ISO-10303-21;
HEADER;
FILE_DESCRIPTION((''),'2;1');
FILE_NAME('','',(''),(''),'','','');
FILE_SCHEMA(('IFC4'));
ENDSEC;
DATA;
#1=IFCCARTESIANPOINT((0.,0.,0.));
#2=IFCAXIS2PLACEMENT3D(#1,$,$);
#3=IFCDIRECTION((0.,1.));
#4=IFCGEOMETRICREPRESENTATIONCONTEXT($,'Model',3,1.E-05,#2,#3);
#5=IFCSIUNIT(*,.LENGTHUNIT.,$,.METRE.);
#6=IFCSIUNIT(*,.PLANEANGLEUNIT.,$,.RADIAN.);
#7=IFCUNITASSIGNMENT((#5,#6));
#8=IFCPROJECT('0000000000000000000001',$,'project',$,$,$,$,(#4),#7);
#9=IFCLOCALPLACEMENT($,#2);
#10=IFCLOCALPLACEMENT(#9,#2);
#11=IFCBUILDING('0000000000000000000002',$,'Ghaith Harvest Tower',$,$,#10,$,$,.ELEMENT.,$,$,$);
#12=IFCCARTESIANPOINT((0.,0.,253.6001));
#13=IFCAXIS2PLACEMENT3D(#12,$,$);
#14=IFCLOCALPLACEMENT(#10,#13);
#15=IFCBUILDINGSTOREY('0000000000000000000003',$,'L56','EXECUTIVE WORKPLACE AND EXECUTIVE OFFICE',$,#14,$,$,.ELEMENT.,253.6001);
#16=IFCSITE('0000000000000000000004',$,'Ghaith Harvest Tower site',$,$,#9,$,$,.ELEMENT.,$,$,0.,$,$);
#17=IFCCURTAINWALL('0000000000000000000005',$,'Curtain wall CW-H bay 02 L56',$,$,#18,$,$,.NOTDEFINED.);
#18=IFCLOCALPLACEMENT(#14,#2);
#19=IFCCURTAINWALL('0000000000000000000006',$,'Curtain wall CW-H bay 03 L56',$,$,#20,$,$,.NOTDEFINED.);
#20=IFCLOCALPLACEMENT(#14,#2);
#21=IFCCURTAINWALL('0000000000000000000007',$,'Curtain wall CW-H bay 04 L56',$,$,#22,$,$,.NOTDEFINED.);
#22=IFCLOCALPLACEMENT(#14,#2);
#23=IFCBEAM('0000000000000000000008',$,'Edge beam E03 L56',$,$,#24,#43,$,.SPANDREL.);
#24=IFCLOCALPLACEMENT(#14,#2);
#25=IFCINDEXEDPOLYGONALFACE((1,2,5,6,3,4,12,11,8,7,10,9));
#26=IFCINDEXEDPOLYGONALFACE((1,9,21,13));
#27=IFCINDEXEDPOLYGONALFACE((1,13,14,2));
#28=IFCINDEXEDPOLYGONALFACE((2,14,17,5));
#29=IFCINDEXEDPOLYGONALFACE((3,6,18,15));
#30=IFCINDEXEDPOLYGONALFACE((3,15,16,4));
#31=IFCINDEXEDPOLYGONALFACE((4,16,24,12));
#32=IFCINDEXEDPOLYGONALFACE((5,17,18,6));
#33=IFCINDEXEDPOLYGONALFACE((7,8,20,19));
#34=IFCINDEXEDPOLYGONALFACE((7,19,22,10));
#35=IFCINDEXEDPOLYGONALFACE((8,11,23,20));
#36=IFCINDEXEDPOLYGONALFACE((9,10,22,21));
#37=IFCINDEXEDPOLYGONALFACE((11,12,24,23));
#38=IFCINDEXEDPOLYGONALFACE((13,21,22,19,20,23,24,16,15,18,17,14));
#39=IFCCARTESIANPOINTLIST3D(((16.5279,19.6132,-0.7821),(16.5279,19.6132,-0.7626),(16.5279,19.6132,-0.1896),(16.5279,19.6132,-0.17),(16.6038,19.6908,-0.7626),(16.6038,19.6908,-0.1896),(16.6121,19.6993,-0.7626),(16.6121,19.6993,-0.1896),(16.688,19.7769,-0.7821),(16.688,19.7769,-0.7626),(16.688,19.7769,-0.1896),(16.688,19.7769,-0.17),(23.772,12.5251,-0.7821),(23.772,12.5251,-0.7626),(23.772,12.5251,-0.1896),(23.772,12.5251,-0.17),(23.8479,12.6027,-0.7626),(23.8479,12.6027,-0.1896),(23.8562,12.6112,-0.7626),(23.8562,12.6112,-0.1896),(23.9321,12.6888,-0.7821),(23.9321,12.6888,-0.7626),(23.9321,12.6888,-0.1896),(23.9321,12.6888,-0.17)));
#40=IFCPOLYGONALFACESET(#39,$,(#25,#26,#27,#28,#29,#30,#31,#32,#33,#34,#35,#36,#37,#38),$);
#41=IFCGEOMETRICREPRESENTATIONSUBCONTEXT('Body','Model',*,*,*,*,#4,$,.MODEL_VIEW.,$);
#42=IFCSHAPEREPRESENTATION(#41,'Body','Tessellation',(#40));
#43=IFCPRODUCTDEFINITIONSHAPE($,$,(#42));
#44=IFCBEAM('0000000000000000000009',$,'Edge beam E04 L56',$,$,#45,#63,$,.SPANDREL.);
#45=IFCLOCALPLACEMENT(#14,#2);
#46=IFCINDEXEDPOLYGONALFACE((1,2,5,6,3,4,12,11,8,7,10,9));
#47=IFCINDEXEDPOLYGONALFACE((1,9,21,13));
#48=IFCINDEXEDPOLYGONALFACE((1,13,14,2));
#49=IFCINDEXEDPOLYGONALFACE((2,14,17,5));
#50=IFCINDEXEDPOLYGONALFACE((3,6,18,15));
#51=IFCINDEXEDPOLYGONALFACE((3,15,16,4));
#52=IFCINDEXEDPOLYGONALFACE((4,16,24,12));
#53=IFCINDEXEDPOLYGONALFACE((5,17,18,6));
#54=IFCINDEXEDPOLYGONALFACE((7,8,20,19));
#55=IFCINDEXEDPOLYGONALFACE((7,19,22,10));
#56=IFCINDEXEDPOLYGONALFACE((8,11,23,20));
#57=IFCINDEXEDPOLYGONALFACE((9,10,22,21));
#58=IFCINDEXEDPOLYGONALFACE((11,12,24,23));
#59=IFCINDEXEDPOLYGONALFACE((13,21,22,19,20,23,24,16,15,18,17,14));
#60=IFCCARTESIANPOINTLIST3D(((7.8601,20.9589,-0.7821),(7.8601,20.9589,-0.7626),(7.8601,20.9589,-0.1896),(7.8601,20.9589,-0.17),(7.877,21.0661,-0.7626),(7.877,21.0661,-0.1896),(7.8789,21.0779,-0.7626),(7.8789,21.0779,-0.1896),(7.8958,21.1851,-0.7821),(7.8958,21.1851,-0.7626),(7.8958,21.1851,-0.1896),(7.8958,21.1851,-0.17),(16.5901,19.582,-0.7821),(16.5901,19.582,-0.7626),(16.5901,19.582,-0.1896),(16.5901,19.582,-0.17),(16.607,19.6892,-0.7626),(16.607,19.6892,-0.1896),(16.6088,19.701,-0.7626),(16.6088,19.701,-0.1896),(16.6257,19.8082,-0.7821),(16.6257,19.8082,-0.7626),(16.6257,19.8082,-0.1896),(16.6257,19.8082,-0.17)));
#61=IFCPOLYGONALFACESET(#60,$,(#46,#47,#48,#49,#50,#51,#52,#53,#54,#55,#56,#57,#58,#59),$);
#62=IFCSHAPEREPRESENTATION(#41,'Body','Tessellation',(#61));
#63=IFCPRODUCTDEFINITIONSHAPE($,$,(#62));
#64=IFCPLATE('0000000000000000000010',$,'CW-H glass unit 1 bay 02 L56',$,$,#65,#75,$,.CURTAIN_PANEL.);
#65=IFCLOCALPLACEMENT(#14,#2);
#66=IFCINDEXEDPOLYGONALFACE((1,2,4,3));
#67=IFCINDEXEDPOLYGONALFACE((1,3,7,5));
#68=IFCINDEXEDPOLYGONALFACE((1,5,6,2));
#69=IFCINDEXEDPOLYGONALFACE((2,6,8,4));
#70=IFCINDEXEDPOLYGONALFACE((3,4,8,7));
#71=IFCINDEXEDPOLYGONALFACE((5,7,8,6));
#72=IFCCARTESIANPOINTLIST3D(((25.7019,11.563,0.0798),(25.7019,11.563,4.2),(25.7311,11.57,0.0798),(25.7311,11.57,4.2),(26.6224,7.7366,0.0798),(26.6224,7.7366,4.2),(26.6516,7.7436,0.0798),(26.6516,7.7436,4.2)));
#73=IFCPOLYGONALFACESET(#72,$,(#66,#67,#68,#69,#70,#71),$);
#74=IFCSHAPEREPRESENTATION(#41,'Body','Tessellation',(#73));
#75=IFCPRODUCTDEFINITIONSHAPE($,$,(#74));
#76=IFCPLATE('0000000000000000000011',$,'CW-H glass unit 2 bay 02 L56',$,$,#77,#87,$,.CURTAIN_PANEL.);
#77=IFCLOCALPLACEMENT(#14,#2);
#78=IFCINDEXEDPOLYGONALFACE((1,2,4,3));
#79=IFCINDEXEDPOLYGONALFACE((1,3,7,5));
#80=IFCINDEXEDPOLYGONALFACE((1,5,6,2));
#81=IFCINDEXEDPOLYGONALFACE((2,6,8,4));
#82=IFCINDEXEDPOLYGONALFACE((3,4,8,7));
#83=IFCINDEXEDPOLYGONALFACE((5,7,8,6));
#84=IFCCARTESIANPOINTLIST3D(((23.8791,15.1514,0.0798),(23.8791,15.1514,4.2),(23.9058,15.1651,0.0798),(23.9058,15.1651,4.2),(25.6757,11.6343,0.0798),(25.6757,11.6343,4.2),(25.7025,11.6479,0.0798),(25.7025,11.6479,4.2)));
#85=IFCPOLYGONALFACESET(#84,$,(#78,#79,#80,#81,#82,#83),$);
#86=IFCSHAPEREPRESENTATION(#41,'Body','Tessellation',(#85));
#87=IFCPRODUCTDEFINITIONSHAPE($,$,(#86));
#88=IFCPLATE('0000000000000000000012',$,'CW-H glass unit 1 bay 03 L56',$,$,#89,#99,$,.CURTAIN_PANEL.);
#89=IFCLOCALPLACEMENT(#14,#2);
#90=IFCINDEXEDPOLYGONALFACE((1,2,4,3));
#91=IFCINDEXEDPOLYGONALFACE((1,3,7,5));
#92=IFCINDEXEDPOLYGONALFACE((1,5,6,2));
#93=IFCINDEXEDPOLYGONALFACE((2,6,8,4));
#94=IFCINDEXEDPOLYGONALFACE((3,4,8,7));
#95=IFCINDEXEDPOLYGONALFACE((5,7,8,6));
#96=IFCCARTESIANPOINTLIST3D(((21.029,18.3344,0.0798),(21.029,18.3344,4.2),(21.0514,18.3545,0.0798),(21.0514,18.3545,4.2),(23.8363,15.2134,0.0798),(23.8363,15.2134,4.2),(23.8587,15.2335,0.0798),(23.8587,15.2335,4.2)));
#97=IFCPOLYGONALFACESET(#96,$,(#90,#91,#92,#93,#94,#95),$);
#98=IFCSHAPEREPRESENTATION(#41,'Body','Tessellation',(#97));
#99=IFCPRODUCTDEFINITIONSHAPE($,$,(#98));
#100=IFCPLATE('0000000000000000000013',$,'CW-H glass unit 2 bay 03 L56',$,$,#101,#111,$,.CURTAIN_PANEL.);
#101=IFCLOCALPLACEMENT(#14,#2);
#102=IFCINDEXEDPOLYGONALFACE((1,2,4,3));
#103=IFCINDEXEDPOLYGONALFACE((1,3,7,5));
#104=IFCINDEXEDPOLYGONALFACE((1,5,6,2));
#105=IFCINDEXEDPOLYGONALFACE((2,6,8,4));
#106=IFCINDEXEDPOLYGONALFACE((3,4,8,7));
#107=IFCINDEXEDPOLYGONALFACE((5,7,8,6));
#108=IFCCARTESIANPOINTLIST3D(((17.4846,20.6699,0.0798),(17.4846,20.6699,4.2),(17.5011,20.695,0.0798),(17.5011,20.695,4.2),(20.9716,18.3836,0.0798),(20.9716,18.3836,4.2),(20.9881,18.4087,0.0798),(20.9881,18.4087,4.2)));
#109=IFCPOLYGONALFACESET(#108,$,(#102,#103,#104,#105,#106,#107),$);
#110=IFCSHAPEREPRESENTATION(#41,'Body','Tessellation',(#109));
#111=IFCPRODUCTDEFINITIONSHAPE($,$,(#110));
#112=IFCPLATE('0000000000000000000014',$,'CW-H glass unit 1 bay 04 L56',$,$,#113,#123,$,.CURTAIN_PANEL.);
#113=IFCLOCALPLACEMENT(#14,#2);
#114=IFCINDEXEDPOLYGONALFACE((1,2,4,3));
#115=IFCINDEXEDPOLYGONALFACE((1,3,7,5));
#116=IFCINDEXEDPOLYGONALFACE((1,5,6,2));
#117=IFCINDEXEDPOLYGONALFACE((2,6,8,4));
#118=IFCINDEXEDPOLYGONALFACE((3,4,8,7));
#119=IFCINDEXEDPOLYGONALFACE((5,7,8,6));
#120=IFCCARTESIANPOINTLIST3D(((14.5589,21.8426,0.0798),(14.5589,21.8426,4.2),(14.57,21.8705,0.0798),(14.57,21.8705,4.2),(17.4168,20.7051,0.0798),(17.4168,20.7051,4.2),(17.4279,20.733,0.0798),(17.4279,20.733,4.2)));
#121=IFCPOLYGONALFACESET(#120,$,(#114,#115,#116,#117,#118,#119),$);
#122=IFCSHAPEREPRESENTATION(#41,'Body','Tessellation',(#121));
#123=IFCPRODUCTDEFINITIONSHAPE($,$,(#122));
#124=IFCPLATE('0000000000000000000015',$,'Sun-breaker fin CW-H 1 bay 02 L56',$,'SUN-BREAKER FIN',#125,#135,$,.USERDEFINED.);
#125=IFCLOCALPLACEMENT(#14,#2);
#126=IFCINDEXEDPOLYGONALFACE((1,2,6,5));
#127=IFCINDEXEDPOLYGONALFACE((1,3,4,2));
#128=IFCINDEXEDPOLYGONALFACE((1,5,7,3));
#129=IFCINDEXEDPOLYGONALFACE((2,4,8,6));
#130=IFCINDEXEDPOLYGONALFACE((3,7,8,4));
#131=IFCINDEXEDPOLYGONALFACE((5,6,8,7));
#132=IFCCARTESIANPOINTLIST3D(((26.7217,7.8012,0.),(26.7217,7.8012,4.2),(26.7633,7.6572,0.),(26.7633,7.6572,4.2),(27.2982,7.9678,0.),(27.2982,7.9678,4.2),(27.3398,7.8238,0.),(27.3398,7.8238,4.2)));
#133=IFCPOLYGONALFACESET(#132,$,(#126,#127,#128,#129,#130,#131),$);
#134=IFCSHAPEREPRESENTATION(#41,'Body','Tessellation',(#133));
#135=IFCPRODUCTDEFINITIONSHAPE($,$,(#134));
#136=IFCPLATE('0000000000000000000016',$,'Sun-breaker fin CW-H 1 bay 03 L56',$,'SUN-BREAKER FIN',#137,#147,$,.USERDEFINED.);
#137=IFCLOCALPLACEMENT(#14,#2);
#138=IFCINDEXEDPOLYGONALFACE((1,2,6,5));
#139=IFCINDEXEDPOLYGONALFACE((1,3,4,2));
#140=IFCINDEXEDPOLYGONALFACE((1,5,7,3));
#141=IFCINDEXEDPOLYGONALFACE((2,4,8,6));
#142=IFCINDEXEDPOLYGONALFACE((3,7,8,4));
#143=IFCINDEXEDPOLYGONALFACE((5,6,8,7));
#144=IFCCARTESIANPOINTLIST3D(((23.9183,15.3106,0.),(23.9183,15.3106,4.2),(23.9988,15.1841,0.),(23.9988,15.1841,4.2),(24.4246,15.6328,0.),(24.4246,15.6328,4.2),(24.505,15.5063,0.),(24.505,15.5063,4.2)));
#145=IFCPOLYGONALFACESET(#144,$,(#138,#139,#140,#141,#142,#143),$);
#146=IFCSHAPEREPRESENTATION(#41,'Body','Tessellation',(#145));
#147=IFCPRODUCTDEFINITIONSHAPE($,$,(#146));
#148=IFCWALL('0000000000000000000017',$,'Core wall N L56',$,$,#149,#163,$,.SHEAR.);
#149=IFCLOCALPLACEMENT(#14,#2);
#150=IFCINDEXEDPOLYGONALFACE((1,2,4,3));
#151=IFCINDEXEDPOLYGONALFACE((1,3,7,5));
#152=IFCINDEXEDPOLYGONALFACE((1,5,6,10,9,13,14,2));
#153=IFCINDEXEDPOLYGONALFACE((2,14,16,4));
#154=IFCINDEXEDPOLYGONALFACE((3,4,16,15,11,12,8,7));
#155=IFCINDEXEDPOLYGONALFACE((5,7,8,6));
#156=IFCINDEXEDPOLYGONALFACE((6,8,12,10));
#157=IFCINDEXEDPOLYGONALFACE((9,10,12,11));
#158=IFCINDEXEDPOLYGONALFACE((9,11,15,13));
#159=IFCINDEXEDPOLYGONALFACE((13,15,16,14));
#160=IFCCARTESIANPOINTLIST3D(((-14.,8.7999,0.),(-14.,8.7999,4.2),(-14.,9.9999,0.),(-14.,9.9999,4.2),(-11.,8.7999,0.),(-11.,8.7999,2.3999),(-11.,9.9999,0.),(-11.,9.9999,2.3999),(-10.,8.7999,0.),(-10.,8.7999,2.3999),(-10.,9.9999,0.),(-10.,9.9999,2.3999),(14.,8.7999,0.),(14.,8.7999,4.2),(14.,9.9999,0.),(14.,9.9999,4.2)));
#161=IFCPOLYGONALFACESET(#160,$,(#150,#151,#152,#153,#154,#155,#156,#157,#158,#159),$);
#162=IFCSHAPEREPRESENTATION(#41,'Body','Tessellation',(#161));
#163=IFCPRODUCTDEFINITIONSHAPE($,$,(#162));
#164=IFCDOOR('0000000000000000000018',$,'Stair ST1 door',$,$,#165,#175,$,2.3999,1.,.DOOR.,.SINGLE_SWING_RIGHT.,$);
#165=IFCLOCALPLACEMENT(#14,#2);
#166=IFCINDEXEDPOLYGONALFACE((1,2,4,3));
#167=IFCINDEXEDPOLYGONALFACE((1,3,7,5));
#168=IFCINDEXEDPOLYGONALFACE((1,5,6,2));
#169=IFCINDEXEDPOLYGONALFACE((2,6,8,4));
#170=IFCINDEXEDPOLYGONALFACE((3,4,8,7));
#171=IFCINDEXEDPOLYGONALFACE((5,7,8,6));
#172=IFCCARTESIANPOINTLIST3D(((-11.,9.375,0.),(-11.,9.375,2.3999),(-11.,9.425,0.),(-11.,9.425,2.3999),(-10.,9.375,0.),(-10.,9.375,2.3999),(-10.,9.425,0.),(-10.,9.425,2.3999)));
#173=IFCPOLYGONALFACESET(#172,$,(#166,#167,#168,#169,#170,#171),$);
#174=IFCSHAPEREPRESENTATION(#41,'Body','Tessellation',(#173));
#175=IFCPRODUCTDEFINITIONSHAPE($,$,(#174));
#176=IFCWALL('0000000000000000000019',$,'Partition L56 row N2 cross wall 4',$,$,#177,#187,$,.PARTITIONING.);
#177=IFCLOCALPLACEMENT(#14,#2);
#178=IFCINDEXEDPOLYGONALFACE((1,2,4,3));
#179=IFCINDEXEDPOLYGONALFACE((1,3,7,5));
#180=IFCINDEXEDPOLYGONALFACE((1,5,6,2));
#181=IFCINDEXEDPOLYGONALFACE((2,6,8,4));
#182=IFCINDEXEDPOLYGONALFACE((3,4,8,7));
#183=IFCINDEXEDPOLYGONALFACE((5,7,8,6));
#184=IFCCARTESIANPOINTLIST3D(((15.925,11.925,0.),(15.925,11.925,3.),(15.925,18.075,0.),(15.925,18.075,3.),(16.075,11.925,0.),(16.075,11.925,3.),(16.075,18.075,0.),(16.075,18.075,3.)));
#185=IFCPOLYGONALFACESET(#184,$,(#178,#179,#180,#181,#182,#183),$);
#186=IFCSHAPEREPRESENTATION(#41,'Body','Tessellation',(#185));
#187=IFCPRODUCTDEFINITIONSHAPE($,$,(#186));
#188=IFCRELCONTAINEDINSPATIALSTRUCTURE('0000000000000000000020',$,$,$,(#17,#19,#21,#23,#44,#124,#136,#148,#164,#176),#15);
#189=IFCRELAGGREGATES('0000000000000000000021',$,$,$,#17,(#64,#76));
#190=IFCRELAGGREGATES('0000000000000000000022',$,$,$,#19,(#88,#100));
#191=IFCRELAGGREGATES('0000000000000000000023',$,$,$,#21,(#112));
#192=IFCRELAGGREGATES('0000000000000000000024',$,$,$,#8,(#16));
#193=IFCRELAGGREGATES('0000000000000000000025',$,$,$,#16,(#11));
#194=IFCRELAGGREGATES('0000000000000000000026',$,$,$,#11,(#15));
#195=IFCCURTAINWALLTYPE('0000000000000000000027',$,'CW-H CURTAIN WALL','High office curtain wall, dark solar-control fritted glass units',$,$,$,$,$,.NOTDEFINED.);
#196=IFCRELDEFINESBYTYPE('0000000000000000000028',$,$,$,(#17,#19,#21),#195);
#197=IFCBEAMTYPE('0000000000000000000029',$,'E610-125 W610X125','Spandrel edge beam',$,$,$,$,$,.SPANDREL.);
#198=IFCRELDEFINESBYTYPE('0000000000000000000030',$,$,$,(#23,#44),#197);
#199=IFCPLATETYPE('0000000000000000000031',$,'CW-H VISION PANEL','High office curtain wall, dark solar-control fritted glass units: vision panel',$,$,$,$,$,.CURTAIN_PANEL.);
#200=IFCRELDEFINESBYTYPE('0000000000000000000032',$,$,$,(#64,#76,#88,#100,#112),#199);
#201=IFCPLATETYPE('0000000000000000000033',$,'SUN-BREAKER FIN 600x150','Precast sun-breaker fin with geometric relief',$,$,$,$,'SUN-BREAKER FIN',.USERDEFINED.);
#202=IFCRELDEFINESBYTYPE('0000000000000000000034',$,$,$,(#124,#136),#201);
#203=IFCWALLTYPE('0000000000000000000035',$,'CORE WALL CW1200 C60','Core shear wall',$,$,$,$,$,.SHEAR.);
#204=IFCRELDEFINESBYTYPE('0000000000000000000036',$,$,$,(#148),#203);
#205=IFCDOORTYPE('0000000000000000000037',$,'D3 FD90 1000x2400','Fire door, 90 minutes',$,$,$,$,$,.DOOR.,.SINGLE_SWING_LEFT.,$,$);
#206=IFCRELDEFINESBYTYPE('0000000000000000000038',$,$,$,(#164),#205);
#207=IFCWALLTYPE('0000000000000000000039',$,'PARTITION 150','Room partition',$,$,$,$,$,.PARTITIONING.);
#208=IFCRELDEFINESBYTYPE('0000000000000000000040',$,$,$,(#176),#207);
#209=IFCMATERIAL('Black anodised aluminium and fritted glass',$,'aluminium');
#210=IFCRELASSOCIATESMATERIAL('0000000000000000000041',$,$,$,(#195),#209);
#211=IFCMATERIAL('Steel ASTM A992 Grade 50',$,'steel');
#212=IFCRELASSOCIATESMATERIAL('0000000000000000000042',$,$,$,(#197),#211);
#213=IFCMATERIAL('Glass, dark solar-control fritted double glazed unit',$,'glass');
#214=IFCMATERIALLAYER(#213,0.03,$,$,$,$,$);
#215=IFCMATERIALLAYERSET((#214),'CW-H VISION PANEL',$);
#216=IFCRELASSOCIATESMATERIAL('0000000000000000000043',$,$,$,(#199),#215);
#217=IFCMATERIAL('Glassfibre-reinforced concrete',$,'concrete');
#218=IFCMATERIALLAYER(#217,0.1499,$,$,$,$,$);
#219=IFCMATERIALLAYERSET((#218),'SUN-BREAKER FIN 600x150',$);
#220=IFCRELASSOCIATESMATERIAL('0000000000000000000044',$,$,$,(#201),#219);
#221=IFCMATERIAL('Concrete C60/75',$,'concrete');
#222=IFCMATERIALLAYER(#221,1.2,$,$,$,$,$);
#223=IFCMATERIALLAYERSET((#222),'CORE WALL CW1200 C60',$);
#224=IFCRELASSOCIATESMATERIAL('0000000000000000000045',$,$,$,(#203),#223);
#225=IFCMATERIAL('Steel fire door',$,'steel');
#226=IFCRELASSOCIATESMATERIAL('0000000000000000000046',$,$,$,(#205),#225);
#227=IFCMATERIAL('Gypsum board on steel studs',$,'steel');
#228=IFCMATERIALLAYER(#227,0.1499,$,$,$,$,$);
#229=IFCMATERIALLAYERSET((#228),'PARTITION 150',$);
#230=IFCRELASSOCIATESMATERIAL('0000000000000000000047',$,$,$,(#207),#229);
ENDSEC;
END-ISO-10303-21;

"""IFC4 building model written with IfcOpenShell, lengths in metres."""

from ifc_helpers import new_model, si_unit, direction, frame, frame_2d, origin, origin_2d, place, context, subcontext, project, spatial, rectangle, i_section, extrude, material, layer, layer_set, material_profile, profile_set, type_object, element, fill, aggregate, save


model = new_model("IFC4")

# Units and contexts
model_context = context("Model", 3, precision=1e-05, world=origin(), true_north=direction((0.0, 1.0)))
body_context = subcontext(model_context, "Body", "Model", "MODEL_VIEW")
ifc_project = project(units=[si_unit("LENGTHUNIT", "METRE"), si_unit("PLANEANGLEUNIT", "RADIAN")], contexts=[model_context])

# Site, building, storey
site_placement = place(None, origin())
site = spatial("IfcSite", under=ifc_project, at=site_placement, Name="Ghaith Harvest Tower site", CompositionType="ELEMENT", RefElevation=0.0)
building_placement = place(site_placement, origin())
building = spatial("IfcBuilding", under=site, at=building_placement, Name="Ghaith Harvest Tower", CompositionType="ELEMENT")
storey_placement = place(building_placement, frame((0.0, 0.0, 253.6001)))
storey = spatial("IfcBuildingStorey", under=building, at=storey_placement, Name="L56", Description="EXECUTIVE WORKPLACE AND EXECUTIVE OFFICE", CompositionType="ELEMENT", Elevation=253.6001)

# Curtain wall
ifc_material_1 = material(Name="Black anodised aluminium and fritted glass", Category="aluminium")
curtain_wall_type = type_object("IfcCurtainWallType", Name="CW-H CURTAIN WALL", Description="High office curtain wall, dark solar-control fritted glass units", PredefinedType="NOTDEFINED", material=ifc_material_1)
curtain_wall_1_placement = place(storey_placement, origin())
curtain_wall_1 = element("IfcCurtainWall", 1, at=curtain_wall_1_placement, inside=storey, type_object=curtain_wall_type, Name="Curtain wall CW-H bay 02 L56", PredefinedType="NOTDEFINED")

# Curtain walls
curtain_wall_2_placement = place(storey_placement, origin())
curtain_wall_2 = element("IfcCurtainWall", 2, at=curtain_wall_2_placement, inside=storey, type_object=curtain_wall_type, Name="Curtain wall CW-H bay 03 L56", PredefinedType="NOTDEFINED")
curtain_wall_3_placement = place(storey_placement, origin())
curtain_wall_3 = element("IfcCurtainWall", 3, at=curtain_wall_3_placement, inside=storey, type_object=curtain_wall_type, Name="Curtain wall CW-H bay 04 L56", PredefinedType="NOTDEFINED")

# Beams
ifc_material_2 = material(Name="Steel ASTM A992 Grade 50", Category="steel")
ifc_material_profile_1 = material_profile(ifc_material_2, i_section(OverallWidth=0.229, OverallDepth=0.6121, WebThickness=0.012, FlangeThickness=0.0195, at=origin_2d()), Name="W610X125")
ifc_profile_set_1 = profile_set([ifc_material_profile_1], Name="Steel ASTM A992 Grade 50")
beam_type = type_object("IfcBeamType", Name="E610-125 W610X125", Description="Spandrel edge beam", PredefinedType="SPANDREL", material=ifc_profile_set_1)
beam_1_placement = place(storey_placement, frame((23.8521, 12.6069, -0.4761), z_axis=(-0.714761, 0.699369, 0.0), x_axis=(-0.699369, -0.714761, 0.0)))
element("IfcBeam", 4, at=beam_1_placement, inside=storey, type_object=beam_type, Name="Edge beam E03 L56", PredefinedType="SPANDREL", context=body_context, shape_type="SweptSolid", body=[
    extrude(i_section(OverallWidth=0.229, OverallDepth=0.6121, WebThickness=0.012, FlangeThickness=0.0195, at=origin_2d()), origin(), (0.0, 0.0, 1.0), 10.135),
])
beam_2_placement = place(storey_placement, frame((16.6079, 19.6951, -0.4761), z_axis=(-0.987788, 0.155801, 0.0), x_axis=(-0.155801, -0.987788, 0.0)))
element("IfcBeam", 5, at=beam_2_placement, inside=storey, type_object=beam_type, Name="Edge beam E04 L56", PredefinedType="SPANDREL", context=body_context, shape_type="SweptSolid", body=[
    extrude(i_section(OverallWidth=0.229, OverallDepth=0.6121, WebThickness=0.012, FlangeThickness=0.0195, at=origin_2d()), origin(), (0.0, 0.0, 1.0), 8.8379),
])

# Plates
ifc_material_3 = material(Name="Glass, dark solar-control fritted double glazed unit", Category="glass")
ifc_layer_1 = layer(ifc_material_3, 0.03)
ifc_layer_set_1 = layer_set([ifc_layer_1], Name="CW-H VISION PANEL")
plate_type_1 = type_object("IfcPlateType", Name="CW-H VISION PANEL", Description="High office curtain wall, dark solar-control fritted glass units: vision panel", PredefinedType="CURTAIN_PANEL", material=ifc_layer_set_1)
plate_1_placement = place(storey_placement, frame((26.1768, 9.6533, 0.0798), z_axis=(0.0, 0.0, 1.0), x_axis=(-0.233894, 0.972262, 0.0)))
plate_1 = element("IfcPlate", 6, at=plate_1_placement, type_object=plate_type_1, Name="CW-H glass unit 1 bay 02 L56", PredefinedType="CURTAIN_PANEL", context=body_context, shape_type="SweptSolid", body=[
    extrude(rectangle(XDim=3.9355, YDim=0.03, at=origin_2d()), origin(), (0.0, 0.0, 1.0), 4.1201),
])
plate_2_placement = place(storey_placement, frame((24.7908, 13.3997, 0.0798), z_axis=(0.0, 0.0, 1.0), x_axis=(-0.454915, 0.890535, 0.0)))
plate_2 = element("IfcPlate", 7, at=plate_2_placement, type_object=plate_type_1, Name="CW-H glass unit 2 bay 02 L56", PredefinedType="CURTAIN_PANEL", context=body_context, shape_type="SweptSolid", body=[
    extrude(rectangle(XDim=3.9495, YDim=0.03, at=origin_2d()), origin(), (0.0, 0.0, 1.0), 4.1201),
])
aggregate(curtain_wall_1, [plate_1, plate_2])
plate_3_placement = place(storey_placement, frame((22.4438, 16.7839, 0.0798), z_axis=(0.0, 0.0, 1.0), x_axis=(-0.668758, 0.74348, 0.0)))
plate_3 = element("IfcPlate", 8, at=plate_3_placement, type_object=plate_type_1, Name="CW-H glass unit 1 bay 03 L56", PredefinedType="CURTAIN_PANEL", context=body_context, shape_type="SweptSolid", body=[
    extrude(rectangle(XDim=4.1978, YDim=0.03, at=origin_2d()), origin(), (0.0, 0.0, 1.0), 4.1201),
])
plate_4_placement = place(storey_placement, frame((19.2363, 19.5393, 0.0798), z_axis=(0.0, 0.0, 1.0), x_axis=(-0.836277, 0.548308, 0.0)))
plate_4 = element("IfcPlate", 9, at=plate_4_placement, type_object=plate_type_1, Name="CW-H glass unit 2 bay 03 L56", PredefinedType="CURTAIN_PANEL", context=body_context, shape_type="SweptSolid", body=[
    extrude(rectangle(XDim=4.1697, YDim=0.03, at=origin_2d()), origin(), (0.0, 0.0, 1.0), 4.1201),
])
aggregate(curtain_wall_2, [plate_3, plate_4])
plate_5_placement = place(storey_placement, frame((15.9934, 21.2878, 0.0798), z_axis=(0.0, 0.0, 1.0), x_axis=(-0.929107, 0.36981, 0.0)))
plate_5 = element("IfcPlate", 10, at=plate_5_placement, type_object=plate_type_1, Name="CW-H glass unit 1 bay 04 L56", PredefinedType="CURTAIN_PANEL", context=body_context, shape_type="SweptSolid", body=[
    extrude(rectangle(XDim=3.0759, YDim=0.03, at=origin_2d()), origin(), (0.0, 0.0, 1.0), 4.1201),
])
aggregate(curtain_wall_3, [plate_5])

# Plates
ifc_material_4 = material(Name="Glassfibre-reinforced concrete", Category="concrete")
ifc_layer_2 = layer(ifc_material_4, 0.1499)
ifc_layer_set_2 = layer_set([ifc_layer_2], Name="SUN-BREAKER FIN 600x150")
plate_type_2 = type_object("IfcPlateType", Name="SUN-BREAKER FIN 600x150", Description="Precast sun-breaker fin with geometric relief", ElementType="SUN-BREAKER FIN", PredefinedType="USERDEFINED", material=ifc_layer_set_2)
for number, where, z_axis, x_axis, name in (
    (11, (27.0308, 7.8125, 0.0), (0.0, 0.0, 1.0), (0.96068, 0.277657, 0.0), "Sun-breaker fin CW-H 1 bay 02 L56"),
    (12, (24.2117, 15.4084, 0.0), (0.0, 0.0, 1.0), (0.843644, 0.536903, 0.0), "Sun-breaker fin CW-H 1 bay 03 L56"),
):
    element("IfcPlate", number, at=place(storey_placement, frame(where, z_axis=z_axis, x_axis=x_axis)), inside=storey, type_object=plate_type_2, Name=name, ObjectType="SUN-BREAKER FIN", PredefinedType="USERDEFINED", context=body_context, shape_type="SweptSolid", body=[
        extrude(rectangle(XDim=0.6001, YDim=0.1499, at=origin_2d()), origin(), (0.0, 0.0, 1.0), 4.2),
    ])

# Wall, opening, door
ifc_material_5 = material(Name="Concrete C60/75", Category="concrete")
ifc_layer_3 = layer(ifc_material_5, 1.2)
ifc_layer_set_3 = layer_set([ifc_layer_3], Name="CORE WALL CW1200 C60")
wall_type_1 = type_object("IfcWallType", Name="CORE WALL CW1200 C60", Description="Core shear wall", PredefinedType="SHEAR", material=ifc_layer_set_3)
wall_1_placement = place(storey_placement, frame((14.0, 9.3999, 0.0), z_axis=(0.0, 0.0, 1.0), x_axis=(-1.0, 0.0, 0.0)))
wall_1 = element("IfcWall", 13, at=wall_1_placement, inside=storey, type_object=wall_type_1, Name="Core wall N L56", PredefinedType="SHEAR", context=body_context, shape_type="SweptSolid", body=[
    extrude(rectangle(XDim=28.0, YDim=1.2, at=frame_2d((14.0, 0.0))), origin(), (0.0, 0.0, 1.0), 4.2),
])
opening_placement = place(wall_1_placement, frame((24.0, 0.0, 0.0)))
opening = element("IfcOpeningElement", 14, at=opening_placement, cuts=wall_1, PredefinedType="OPENING", context=body_context, shape_type="SweptSolid", body=[
    extrude(rectangle(XDim=1.0, YDim=2.3999, at=frame_2d((0.5, 1.2))), frame((0.0, 0.6099, 0.0), z_axis=(0.0, -1.0, 0.0), x_axis=(1.0, 0.0, 0.0)), (0.0, 0.0, 1.0), 1.22),
])
ifc_material_6 = material(Name="Steel fire door", Category="steel")
door_type = type_object("IfcDoorType", Name="D3 FD90 1000x2400", Description="Fire door, 90 minutes", OperationType="SINGLE_SWING_LEFT", PredefinedType="DOOR", material=ifc_material_6)
door_placement = place(opening_placement, origin())
door = element("IfcDoor", 15, at=door_placement, inside=storey, type_object=door_type, Name="Stair ST1 door", OperationType="SINGLE_SWING_RIGHT", OverallHeight=2.3999, OverallWidth=1.0, PredefinedType="DOOR", context=body_context, shape_type="SweptSolid", body=[
    extrude(rectangle(XDim=1.0, YDim=2.3999, at=frame_2d((0.5, 1.2))), frame((0.0, 0.0249, 0.0), z_axis=(0.0, -1.0, 0.0), x_axis=(1.0, 0.0, 0.0)), (0.0, 0.0, 1.0), 0.05),
])
fill(opening, door)

# Wall
ifc_material_7 = material(Name="Gypsum board on steel studs", Category="steel")
ifc_layer_4 = layer(ifc_material_7, 0.1499)
ifc_layer_set_4 = layer_set([ifc_layer_4], Name="PARTITION 150")
wall_type_2 = type_object("IfcWallType", Name="PARTITION 150", Description="Room partition", PredefinedType="PARTITIONING", material=ifc_layer_set_4)
wall_2_placement = place(storey_placement, frame((16.0, 11.925, 0.0), z_axis=(0.0, 0.0, 1.0), x_axis=(0.0, 1.0, 0.0)))
element("IfcWall", 16, at=wall_2_placement, inside=storey, type_object=wall_type_2, Name="Partition L56 row N2 cross wall 4", PredefinedType="PARTITIONING", context=body_context, shape_type="SweptSolid", body=[
    extrude(rectangle(XDim=6.1499, YDim=0.1499, at=frame_2d((3.075, 0.0))), origin(), (0.0, 0.0, 1.0), 3.0),
])

save(model, "model.ifc")
